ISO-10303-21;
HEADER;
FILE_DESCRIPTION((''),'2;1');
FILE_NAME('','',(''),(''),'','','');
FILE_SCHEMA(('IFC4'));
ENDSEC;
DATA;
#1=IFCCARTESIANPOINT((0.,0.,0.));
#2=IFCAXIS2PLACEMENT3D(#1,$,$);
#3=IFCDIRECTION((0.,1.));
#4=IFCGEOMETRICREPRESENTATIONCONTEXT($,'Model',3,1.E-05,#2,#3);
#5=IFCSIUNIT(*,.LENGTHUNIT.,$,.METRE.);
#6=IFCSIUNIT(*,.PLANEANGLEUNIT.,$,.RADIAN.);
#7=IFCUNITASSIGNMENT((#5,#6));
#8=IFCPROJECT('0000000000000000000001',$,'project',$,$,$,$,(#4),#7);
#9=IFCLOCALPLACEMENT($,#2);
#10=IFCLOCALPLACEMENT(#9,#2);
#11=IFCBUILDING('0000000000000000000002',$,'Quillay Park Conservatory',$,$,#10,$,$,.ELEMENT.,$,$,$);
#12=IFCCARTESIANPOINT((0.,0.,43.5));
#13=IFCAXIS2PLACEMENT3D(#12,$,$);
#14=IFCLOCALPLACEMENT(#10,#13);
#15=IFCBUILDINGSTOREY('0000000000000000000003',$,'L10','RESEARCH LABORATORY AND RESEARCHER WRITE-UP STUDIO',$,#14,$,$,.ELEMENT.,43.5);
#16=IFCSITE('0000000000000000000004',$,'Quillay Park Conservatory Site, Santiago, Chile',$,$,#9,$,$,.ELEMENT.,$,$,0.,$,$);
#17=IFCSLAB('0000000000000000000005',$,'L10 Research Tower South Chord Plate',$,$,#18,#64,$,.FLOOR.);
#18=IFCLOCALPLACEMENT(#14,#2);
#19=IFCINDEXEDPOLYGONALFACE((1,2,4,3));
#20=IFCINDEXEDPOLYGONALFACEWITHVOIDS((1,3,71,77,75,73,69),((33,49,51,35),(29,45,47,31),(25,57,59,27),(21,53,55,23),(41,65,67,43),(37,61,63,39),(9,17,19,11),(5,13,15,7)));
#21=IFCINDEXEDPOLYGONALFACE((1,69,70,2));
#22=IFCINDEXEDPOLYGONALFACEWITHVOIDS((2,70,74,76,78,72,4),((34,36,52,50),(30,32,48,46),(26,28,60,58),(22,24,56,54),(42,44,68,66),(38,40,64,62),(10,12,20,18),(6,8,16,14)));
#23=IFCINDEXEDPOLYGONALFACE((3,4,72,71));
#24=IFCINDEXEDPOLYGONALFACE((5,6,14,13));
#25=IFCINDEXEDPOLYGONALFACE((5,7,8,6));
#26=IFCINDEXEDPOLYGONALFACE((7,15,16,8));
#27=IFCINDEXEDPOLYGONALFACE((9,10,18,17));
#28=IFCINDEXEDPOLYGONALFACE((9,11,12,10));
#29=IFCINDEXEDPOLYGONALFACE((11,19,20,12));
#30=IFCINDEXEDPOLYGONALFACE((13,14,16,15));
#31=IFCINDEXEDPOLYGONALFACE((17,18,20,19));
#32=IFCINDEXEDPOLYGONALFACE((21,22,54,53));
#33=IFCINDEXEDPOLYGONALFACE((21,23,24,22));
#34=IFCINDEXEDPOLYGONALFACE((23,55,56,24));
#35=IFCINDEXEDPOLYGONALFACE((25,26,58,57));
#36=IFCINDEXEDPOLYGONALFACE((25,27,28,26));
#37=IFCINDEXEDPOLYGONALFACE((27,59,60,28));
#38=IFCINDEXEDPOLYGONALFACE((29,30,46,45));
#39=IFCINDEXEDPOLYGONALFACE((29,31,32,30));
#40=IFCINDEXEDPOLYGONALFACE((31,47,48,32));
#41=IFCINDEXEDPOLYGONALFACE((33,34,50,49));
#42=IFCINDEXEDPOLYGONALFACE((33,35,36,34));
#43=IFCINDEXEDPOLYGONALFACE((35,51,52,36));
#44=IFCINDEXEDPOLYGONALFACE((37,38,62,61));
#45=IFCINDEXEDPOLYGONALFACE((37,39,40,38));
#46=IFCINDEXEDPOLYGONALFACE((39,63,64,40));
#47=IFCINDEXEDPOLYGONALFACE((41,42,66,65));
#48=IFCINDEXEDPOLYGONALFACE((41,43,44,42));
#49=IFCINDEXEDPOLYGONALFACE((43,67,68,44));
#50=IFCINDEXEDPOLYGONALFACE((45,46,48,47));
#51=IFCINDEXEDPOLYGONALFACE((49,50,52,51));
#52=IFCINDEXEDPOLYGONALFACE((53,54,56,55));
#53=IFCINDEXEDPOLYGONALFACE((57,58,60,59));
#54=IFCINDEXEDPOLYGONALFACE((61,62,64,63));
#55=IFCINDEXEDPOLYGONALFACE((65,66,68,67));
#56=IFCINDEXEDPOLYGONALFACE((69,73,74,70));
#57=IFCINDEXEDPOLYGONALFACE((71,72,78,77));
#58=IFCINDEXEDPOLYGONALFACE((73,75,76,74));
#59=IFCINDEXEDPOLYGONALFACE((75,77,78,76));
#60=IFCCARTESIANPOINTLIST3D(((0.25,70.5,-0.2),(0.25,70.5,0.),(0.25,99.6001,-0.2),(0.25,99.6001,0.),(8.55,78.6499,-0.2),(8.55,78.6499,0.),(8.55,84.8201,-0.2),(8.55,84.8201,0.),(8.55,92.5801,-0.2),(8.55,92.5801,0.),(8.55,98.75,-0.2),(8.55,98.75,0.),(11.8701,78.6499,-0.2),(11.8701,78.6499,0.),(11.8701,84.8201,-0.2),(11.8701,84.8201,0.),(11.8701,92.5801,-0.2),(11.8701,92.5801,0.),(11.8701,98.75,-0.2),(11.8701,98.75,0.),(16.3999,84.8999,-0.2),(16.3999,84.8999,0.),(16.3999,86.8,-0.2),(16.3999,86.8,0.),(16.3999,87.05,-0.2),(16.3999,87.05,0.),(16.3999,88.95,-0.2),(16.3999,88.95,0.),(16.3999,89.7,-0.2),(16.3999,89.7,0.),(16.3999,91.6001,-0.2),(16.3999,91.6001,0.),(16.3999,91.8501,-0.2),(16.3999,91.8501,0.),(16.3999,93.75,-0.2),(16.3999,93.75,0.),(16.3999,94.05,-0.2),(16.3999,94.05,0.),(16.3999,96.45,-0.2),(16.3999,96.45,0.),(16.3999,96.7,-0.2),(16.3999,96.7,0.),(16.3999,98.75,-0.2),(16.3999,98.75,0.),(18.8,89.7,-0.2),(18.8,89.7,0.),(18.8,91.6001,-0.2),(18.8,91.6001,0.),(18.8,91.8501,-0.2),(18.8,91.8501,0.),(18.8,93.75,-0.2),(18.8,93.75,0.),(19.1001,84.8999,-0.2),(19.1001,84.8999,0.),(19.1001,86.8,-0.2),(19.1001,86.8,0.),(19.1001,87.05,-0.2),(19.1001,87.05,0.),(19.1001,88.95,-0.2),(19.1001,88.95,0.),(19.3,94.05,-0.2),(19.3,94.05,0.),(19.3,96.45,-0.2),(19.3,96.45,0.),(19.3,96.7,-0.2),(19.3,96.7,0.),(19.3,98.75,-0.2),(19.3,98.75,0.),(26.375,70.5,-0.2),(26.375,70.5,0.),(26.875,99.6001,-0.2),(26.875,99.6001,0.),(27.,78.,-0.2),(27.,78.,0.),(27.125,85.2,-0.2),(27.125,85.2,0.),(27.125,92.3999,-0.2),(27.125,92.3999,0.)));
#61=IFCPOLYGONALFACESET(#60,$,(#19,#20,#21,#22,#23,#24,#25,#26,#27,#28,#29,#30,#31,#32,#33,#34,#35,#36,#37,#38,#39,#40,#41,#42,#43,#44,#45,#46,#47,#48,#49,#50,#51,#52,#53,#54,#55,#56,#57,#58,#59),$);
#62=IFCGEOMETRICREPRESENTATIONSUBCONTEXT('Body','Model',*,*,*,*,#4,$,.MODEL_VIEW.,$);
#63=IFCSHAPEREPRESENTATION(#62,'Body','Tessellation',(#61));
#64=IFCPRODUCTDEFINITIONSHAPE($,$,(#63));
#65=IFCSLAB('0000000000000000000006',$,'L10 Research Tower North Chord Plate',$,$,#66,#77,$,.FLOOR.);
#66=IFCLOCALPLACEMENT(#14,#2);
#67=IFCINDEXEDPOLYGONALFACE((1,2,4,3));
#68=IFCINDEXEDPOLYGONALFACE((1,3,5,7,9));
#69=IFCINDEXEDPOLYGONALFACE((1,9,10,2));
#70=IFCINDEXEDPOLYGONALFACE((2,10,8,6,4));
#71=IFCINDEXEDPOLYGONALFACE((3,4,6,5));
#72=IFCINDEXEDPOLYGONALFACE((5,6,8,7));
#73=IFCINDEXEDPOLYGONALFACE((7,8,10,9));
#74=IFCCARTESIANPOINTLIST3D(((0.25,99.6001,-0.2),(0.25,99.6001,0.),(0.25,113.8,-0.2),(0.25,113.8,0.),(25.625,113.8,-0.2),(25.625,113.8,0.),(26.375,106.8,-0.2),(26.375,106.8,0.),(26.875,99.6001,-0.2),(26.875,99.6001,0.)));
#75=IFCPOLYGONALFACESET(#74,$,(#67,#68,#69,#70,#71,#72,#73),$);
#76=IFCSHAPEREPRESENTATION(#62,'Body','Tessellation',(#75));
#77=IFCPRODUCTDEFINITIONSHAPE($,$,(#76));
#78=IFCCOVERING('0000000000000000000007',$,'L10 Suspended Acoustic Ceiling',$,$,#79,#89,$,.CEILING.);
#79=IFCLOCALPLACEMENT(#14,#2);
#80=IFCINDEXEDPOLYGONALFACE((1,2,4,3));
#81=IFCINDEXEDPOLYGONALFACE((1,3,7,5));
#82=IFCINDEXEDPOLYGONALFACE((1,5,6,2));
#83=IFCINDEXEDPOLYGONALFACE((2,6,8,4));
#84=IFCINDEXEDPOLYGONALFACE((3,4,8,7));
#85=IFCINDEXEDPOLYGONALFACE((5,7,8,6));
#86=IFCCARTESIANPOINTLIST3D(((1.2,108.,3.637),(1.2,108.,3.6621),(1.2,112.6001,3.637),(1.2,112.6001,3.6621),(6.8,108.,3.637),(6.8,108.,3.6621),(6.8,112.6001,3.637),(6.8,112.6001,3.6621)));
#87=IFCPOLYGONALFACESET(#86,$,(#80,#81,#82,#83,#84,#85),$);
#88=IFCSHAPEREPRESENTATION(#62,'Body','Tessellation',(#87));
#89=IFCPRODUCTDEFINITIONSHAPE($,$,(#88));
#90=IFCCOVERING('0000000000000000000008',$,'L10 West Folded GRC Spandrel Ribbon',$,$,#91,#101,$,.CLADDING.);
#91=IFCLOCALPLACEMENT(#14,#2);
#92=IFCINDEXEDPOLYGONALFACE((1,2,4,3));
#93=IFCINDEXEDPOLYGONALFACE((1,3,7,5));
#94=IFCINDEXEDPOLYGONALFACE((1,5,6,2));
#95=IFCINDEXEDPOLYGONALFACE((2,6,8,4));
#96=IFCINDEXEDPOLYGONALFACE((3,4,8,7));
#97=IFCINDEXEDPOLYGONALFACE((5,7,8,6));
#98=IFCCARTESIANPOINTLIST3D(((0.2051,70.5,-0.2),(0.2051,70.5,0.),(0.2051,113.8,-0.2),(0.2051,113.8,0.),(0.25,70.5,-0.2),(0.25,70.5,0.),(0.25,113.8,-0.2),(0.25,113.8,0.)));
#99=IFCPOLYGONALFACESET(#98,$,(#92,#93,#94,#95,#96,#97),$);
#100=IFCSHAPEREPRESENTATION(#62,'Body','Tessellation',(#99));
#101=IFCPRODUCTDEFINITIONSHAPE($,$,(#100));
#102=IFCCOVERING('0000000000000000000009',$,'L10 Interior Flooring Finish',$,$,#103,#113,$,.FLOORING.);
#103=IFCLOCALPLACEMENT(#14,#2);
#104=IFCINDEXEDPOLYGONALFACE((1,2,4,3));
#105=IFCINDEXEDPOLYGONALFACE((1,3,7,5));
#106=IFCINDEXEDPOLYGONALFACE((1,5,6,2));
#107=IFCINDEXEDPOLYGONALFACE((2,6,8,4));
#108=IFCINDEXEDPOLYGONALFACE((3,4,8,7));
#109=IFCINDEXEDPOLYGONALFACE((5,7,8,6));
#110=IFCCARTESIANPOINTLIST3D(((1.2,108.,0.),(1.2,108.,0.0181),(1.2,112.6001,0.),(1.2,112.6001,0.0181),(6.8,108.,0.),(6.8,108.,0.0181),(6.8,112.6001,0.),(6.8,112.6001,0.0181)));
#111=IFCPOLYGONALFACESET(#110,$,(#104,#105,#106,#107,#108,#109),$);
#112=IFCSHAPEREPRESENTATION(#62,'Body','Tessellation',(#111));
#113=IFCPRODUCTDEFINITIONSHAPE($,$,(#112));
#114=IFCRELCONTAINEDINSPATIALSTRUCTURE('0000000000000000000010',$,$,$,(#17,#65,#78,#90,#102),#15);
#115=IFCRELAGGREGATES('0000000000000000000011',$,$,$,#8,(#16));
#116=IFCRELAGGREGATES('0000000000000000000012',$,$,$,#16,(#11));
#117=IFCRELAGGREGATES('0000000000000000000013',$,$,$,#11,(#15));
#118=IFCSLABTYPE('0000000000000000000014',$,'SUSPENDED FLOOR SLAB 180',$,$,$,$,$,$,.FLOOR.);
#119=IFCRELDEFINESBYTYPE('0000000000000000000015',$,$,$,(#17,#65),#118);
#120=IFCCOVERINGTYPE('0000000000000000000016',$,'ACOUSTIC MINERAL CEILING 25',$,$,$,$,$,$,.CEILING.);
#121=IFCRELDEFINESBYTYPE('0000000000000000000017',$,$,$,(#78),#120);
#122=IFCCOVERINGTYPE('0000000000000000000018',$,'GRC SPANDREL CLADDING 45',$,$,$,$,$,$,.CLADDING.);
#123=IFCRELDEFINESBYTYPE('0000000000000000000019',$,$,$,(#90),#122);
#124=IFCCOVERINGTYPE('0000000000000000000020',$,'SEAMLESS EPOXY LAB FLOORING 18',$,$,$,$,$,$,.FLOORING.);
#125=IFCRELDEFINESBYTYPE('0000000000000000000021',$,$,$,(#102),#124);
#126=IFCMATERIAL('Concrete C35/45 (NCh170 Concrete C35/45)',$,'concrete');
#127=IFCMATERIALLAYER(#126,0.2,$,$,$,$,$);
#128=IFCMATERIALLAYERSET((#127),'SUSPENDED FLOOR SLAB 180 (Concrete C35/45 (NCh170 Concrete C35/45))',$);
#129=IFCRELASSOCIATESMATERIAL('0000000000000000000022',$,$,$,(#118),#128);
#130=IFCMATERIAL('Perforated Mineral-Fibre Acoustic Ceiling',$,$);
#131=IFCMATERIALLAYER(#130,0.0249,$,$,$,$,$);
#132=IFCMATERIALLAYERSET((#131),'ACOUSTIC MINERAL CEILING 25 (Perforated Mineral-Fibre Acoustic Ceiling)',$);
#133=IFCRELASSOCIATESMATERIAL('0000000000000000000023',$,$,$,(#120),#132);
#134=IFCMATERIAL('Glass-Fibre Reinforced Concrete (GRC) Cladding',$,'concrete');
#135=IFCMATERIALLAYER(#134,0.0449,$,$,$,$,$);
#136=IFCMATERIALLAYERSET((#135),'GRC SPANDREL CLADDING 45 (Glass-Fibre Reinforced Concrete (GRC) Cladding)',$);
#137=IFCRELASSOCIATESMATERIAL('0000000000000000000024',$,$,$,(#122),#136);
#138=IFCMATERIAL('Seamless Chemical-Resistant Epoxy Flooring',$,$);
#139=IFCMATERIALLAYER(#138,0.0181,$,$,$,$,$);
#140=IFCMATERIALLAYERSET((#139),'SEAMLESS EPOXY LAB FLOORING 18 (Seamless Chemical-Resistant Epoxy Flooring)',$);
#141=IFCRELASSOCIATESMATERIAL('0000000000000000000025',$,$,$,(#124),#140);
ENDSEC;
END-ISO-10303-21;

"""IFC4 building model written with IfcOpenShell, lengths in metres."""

from ifc_helpers import new_model, si_unit, direction, frame, origin, place, context, subcontext, project, spatial, polyline, outline, extrude, material, layer, layer_set, type_object, element, save


model = new_model("IFC4")

# Units and contexts
model_context = context("Model", 3, precision=1e-05, world=origin(), true_north=direction((0.0, 1.0)))
body_context = subcontext(model_context, "Body", "Model", "MODEL_VIEW")
ifc_project = project(units=[si_unit("LENGTHUNIT", "METRE"), si_unit("PLANEANGLEUNIT", "RADIAN")], contexts=[model_context])

# Site, building, storey
site_placement = place(None, origin())
site = spatial("IfcSite", under=ifc_project, at=site_placement, Name="Quillay Park Conservatory Site, Santiago, Chile", CompositionType="ELEMENT", RefElevation=0.0)
building_placement = place(site_placement, origin())
building = spatial("IfcBuilding", under=site, at=building_placement, Name="Quillay Park Conservatory", CompositionType="ELEMENT")
storey_placement = place(building_placement, frame((0.0, 0.0, 43.5)))
storey = spatial("IfcBuildingStorey", under=building, at=storey_placement, Name="L10", Description="RESEARCH LABORATORY AND RESEARCHER WRITE-UP STUDIO", CompositionType="ELEMENT", Elevation=43.5)

# Slabs
ifc_material_1 = material(Name="Concrete C35/45 (NCh170 Concrete C35/45)", Category="concrete")
ifc_layer_1 = layer(ifc_material_1, 0.2)
ifc_layer_set_1 = layer_set([ifc_layer_1], Name="SUSPENDED FLOOR SLAB 180 (Concrete C35/45 (NCh170 Concrete C35/45))")
slab_type_1 = type_object("IfcSlabType", Name="SUSPENDED FLOOR SLAB 180", PredefinedType="FLOOR", material=ifc_layer_set_1)
slab_1_placement = place(storey_placement, frame((0.0, 0.0, -0.2)))
element("IfcSlab", 1, at=slab_1_placement, inside=storey, type_object=slab_type_1, Name="L10 Research Tower South Chord Plate", PredefinedType="FLOOR", context=body_context, shape_type="SweptSolid", body=[
    extrude(outline(polyline([(0.25, 70.5), (26.375, 70.5), (27.0, 78.0), (27.125, 85.2), (27.125, 92.3999), (26.875, 99.6001), (0.25, 99.6001), (0.25, 70.5)]), holes=[polyline([(8.55, 92.5801), (11.8701, 92.5801), (11.8701, 98.75), (8.55, 98.75), (8.55, 92.5801)]), polyline([(8.55, 78.6499), (11.8701, 78.6499), (11.8701, 84.8201), (8.55, 84.8201), (8.55, 78.6499)]), polyline([(16.3999, 84.8999), (19.1001, 84.8999), (19.1001, 86.8), (16.3999, 86.8), (16.3999, 84.8999)]), polyline([(16.3999, 87.05), (19.1001, 87.05), (19.1001, 88.95), (16.3999, 88.95), (16.3999, 87.05)]), polyline([(16.3999, 89.7), (18.8, 89.7), (18.8, 91.6001), (16.3999, 91.6001), (16.3999, 89.7)]), polyline([(16.3999, 91.8501), (18.8, 91.8501), (18.8, 93.75), (16.3999, 93.75), (16.3999, 91.8501)]), polyline([(16.3999, 94.05), (19.3, 94.05), (19.3, 96.45), (16.3999, 96.45), (16.3999, 94.05)]), polyline([(16.3999, 96.7), (19.3, 96.7), (19.3, 98.75), (16.3999, 98.75), (16.3999, 96.7)])]), origin(), (0.0, 0.0, 1.0), 0.2),
])
slab_2_placement = place(storey_placement, frame((0.0, 0.0, -0.2)))
element("IfcSlab", 2, at=slab_2_placement, inside=storey, type_object=slab_type_1, Name="L10 Research Tower North Chord Plate", PredefinedType="FLOOR", context=body_context, shape_type="SweptSolid", body=[
    extrude(outline(polyline([(0.25, 99.6001), (26.875, 99.6001), (26.375, 106.8), (25.625, 113.8), (0.25, 113.8), (0.25, 99.6001)])), origin(), (0.0, 0.0, 1.0), 0.2),
])

# Coverings
ifc_material_2 = material(Name="Perforated Mineral-Fibre Acoustic Ceiling")
ifc_layer_2 = layer(ifc_material_2, 0.0249)
ifc_layer_set_2 = layer_set([ifc_layer_2], Name="ACOUSTIC MINERAL CEILING 25 (Perforated Mineral-Fibre Acoustic Ceiling)")
covering_type_1 = type_object("IfcCoveringType", Name="ACOUSTIC MINERAL CEILING 25", PredefinedType="CEILING", material=ifc_layer_set_2)
covering_1_placement = place(storey_placement, frame((0.0, 0.0, 3.637)))
element("IfcCovering", 3, at=covering_1_placement, inside=storey, type_object=covering_type_1, Name="L10 Suspended Acoustic Ceiling", PredefinedType="CEILING", context=body_context, shape_type="SweptSolid", body=[
    extrude(outline(polyline([(1.2, 108.0), (6.8, 108.0), (6.8, 112.6001), (1.2, 112.6001), (1.2, 108.0)])), origin(), (0.0, 0.0, 1.0), 0.0251),
])
ifc_material_3 = material(Name="Glass-Fibre Reinforced Concrete (GRC) Cladding", Category="concrete")
ifc_layer_3 = layer(ifc_material_3, 0.0449)
ifc_layer_set_3 = layer_set([ifc_layer_3], Name="GRC SPANDREL CLADDING 45 (Glass-Fibre Reinforced Concrete (GRC) Cladding)")
covering_type_2 = type_object("IfcCoveringType", Name="GRC SPANDREL CLADDING 45", PredefinedType="CLADDING", material=ifc_layer_set_3)
covering_2_placement = place(storey_placement, frame((0.0, 0.0, -0.2)))
element("IfcCovering", 4, at=covering_2_placement, inside=storey, type_object=covering_type_2, Name="L10 West Folded GRC Spandrel Ribbon", PredefinedType="CLADDING", context=body_context, shape_type="SweptSolid", body=[
    extrude(outline(polyline([(0.2051, 70.5), (0.25, 70.5), (0.25, 113.8), (0.2051, 113.8), (0.2051, 70.5)])), origin(), (0.0, 0.0, 1.0), 0.2),
])
ifc_material_4 = material(Name="Seamless Chemical-Resistant Epoxy Flooring")
ifc_layer_4 = layer(ifc_material_4, 0.0181)
ifc_layer_set_4 = layer_set([ifc_layer_4], Name="SEAMLESS EPOXY LAB FLOORING 18 (Seamless Chemical-Resistant Epoxy Flooring)")
covering_type_3 = type_object("IfcCoveringType", Name="SEAMLESS EPOXY LAB FLOORING 18", PredefinedType="FLOORING", material=ifc_layer_set_4)
covering_3_placement = place(storey_placement, origin())
element("IfcCovering", 5, at=covering_3_placement, inside=storey, type_object=covering_type_3, Name="L10 Interior Flooring Finish", PredefinedType="FLOORING", context=body_context, shape_type="SweptSolid", body=[
    extrude(outline(polyline([(1.2, 108.0), (6.8, 108.0), (6.8, 112.6001), (1.2, 112.6001), (1.2, 108.0)])), origin(), (0.0, 0.0, 1.0), 0.0181),
])

save(model, "model.ifc")
